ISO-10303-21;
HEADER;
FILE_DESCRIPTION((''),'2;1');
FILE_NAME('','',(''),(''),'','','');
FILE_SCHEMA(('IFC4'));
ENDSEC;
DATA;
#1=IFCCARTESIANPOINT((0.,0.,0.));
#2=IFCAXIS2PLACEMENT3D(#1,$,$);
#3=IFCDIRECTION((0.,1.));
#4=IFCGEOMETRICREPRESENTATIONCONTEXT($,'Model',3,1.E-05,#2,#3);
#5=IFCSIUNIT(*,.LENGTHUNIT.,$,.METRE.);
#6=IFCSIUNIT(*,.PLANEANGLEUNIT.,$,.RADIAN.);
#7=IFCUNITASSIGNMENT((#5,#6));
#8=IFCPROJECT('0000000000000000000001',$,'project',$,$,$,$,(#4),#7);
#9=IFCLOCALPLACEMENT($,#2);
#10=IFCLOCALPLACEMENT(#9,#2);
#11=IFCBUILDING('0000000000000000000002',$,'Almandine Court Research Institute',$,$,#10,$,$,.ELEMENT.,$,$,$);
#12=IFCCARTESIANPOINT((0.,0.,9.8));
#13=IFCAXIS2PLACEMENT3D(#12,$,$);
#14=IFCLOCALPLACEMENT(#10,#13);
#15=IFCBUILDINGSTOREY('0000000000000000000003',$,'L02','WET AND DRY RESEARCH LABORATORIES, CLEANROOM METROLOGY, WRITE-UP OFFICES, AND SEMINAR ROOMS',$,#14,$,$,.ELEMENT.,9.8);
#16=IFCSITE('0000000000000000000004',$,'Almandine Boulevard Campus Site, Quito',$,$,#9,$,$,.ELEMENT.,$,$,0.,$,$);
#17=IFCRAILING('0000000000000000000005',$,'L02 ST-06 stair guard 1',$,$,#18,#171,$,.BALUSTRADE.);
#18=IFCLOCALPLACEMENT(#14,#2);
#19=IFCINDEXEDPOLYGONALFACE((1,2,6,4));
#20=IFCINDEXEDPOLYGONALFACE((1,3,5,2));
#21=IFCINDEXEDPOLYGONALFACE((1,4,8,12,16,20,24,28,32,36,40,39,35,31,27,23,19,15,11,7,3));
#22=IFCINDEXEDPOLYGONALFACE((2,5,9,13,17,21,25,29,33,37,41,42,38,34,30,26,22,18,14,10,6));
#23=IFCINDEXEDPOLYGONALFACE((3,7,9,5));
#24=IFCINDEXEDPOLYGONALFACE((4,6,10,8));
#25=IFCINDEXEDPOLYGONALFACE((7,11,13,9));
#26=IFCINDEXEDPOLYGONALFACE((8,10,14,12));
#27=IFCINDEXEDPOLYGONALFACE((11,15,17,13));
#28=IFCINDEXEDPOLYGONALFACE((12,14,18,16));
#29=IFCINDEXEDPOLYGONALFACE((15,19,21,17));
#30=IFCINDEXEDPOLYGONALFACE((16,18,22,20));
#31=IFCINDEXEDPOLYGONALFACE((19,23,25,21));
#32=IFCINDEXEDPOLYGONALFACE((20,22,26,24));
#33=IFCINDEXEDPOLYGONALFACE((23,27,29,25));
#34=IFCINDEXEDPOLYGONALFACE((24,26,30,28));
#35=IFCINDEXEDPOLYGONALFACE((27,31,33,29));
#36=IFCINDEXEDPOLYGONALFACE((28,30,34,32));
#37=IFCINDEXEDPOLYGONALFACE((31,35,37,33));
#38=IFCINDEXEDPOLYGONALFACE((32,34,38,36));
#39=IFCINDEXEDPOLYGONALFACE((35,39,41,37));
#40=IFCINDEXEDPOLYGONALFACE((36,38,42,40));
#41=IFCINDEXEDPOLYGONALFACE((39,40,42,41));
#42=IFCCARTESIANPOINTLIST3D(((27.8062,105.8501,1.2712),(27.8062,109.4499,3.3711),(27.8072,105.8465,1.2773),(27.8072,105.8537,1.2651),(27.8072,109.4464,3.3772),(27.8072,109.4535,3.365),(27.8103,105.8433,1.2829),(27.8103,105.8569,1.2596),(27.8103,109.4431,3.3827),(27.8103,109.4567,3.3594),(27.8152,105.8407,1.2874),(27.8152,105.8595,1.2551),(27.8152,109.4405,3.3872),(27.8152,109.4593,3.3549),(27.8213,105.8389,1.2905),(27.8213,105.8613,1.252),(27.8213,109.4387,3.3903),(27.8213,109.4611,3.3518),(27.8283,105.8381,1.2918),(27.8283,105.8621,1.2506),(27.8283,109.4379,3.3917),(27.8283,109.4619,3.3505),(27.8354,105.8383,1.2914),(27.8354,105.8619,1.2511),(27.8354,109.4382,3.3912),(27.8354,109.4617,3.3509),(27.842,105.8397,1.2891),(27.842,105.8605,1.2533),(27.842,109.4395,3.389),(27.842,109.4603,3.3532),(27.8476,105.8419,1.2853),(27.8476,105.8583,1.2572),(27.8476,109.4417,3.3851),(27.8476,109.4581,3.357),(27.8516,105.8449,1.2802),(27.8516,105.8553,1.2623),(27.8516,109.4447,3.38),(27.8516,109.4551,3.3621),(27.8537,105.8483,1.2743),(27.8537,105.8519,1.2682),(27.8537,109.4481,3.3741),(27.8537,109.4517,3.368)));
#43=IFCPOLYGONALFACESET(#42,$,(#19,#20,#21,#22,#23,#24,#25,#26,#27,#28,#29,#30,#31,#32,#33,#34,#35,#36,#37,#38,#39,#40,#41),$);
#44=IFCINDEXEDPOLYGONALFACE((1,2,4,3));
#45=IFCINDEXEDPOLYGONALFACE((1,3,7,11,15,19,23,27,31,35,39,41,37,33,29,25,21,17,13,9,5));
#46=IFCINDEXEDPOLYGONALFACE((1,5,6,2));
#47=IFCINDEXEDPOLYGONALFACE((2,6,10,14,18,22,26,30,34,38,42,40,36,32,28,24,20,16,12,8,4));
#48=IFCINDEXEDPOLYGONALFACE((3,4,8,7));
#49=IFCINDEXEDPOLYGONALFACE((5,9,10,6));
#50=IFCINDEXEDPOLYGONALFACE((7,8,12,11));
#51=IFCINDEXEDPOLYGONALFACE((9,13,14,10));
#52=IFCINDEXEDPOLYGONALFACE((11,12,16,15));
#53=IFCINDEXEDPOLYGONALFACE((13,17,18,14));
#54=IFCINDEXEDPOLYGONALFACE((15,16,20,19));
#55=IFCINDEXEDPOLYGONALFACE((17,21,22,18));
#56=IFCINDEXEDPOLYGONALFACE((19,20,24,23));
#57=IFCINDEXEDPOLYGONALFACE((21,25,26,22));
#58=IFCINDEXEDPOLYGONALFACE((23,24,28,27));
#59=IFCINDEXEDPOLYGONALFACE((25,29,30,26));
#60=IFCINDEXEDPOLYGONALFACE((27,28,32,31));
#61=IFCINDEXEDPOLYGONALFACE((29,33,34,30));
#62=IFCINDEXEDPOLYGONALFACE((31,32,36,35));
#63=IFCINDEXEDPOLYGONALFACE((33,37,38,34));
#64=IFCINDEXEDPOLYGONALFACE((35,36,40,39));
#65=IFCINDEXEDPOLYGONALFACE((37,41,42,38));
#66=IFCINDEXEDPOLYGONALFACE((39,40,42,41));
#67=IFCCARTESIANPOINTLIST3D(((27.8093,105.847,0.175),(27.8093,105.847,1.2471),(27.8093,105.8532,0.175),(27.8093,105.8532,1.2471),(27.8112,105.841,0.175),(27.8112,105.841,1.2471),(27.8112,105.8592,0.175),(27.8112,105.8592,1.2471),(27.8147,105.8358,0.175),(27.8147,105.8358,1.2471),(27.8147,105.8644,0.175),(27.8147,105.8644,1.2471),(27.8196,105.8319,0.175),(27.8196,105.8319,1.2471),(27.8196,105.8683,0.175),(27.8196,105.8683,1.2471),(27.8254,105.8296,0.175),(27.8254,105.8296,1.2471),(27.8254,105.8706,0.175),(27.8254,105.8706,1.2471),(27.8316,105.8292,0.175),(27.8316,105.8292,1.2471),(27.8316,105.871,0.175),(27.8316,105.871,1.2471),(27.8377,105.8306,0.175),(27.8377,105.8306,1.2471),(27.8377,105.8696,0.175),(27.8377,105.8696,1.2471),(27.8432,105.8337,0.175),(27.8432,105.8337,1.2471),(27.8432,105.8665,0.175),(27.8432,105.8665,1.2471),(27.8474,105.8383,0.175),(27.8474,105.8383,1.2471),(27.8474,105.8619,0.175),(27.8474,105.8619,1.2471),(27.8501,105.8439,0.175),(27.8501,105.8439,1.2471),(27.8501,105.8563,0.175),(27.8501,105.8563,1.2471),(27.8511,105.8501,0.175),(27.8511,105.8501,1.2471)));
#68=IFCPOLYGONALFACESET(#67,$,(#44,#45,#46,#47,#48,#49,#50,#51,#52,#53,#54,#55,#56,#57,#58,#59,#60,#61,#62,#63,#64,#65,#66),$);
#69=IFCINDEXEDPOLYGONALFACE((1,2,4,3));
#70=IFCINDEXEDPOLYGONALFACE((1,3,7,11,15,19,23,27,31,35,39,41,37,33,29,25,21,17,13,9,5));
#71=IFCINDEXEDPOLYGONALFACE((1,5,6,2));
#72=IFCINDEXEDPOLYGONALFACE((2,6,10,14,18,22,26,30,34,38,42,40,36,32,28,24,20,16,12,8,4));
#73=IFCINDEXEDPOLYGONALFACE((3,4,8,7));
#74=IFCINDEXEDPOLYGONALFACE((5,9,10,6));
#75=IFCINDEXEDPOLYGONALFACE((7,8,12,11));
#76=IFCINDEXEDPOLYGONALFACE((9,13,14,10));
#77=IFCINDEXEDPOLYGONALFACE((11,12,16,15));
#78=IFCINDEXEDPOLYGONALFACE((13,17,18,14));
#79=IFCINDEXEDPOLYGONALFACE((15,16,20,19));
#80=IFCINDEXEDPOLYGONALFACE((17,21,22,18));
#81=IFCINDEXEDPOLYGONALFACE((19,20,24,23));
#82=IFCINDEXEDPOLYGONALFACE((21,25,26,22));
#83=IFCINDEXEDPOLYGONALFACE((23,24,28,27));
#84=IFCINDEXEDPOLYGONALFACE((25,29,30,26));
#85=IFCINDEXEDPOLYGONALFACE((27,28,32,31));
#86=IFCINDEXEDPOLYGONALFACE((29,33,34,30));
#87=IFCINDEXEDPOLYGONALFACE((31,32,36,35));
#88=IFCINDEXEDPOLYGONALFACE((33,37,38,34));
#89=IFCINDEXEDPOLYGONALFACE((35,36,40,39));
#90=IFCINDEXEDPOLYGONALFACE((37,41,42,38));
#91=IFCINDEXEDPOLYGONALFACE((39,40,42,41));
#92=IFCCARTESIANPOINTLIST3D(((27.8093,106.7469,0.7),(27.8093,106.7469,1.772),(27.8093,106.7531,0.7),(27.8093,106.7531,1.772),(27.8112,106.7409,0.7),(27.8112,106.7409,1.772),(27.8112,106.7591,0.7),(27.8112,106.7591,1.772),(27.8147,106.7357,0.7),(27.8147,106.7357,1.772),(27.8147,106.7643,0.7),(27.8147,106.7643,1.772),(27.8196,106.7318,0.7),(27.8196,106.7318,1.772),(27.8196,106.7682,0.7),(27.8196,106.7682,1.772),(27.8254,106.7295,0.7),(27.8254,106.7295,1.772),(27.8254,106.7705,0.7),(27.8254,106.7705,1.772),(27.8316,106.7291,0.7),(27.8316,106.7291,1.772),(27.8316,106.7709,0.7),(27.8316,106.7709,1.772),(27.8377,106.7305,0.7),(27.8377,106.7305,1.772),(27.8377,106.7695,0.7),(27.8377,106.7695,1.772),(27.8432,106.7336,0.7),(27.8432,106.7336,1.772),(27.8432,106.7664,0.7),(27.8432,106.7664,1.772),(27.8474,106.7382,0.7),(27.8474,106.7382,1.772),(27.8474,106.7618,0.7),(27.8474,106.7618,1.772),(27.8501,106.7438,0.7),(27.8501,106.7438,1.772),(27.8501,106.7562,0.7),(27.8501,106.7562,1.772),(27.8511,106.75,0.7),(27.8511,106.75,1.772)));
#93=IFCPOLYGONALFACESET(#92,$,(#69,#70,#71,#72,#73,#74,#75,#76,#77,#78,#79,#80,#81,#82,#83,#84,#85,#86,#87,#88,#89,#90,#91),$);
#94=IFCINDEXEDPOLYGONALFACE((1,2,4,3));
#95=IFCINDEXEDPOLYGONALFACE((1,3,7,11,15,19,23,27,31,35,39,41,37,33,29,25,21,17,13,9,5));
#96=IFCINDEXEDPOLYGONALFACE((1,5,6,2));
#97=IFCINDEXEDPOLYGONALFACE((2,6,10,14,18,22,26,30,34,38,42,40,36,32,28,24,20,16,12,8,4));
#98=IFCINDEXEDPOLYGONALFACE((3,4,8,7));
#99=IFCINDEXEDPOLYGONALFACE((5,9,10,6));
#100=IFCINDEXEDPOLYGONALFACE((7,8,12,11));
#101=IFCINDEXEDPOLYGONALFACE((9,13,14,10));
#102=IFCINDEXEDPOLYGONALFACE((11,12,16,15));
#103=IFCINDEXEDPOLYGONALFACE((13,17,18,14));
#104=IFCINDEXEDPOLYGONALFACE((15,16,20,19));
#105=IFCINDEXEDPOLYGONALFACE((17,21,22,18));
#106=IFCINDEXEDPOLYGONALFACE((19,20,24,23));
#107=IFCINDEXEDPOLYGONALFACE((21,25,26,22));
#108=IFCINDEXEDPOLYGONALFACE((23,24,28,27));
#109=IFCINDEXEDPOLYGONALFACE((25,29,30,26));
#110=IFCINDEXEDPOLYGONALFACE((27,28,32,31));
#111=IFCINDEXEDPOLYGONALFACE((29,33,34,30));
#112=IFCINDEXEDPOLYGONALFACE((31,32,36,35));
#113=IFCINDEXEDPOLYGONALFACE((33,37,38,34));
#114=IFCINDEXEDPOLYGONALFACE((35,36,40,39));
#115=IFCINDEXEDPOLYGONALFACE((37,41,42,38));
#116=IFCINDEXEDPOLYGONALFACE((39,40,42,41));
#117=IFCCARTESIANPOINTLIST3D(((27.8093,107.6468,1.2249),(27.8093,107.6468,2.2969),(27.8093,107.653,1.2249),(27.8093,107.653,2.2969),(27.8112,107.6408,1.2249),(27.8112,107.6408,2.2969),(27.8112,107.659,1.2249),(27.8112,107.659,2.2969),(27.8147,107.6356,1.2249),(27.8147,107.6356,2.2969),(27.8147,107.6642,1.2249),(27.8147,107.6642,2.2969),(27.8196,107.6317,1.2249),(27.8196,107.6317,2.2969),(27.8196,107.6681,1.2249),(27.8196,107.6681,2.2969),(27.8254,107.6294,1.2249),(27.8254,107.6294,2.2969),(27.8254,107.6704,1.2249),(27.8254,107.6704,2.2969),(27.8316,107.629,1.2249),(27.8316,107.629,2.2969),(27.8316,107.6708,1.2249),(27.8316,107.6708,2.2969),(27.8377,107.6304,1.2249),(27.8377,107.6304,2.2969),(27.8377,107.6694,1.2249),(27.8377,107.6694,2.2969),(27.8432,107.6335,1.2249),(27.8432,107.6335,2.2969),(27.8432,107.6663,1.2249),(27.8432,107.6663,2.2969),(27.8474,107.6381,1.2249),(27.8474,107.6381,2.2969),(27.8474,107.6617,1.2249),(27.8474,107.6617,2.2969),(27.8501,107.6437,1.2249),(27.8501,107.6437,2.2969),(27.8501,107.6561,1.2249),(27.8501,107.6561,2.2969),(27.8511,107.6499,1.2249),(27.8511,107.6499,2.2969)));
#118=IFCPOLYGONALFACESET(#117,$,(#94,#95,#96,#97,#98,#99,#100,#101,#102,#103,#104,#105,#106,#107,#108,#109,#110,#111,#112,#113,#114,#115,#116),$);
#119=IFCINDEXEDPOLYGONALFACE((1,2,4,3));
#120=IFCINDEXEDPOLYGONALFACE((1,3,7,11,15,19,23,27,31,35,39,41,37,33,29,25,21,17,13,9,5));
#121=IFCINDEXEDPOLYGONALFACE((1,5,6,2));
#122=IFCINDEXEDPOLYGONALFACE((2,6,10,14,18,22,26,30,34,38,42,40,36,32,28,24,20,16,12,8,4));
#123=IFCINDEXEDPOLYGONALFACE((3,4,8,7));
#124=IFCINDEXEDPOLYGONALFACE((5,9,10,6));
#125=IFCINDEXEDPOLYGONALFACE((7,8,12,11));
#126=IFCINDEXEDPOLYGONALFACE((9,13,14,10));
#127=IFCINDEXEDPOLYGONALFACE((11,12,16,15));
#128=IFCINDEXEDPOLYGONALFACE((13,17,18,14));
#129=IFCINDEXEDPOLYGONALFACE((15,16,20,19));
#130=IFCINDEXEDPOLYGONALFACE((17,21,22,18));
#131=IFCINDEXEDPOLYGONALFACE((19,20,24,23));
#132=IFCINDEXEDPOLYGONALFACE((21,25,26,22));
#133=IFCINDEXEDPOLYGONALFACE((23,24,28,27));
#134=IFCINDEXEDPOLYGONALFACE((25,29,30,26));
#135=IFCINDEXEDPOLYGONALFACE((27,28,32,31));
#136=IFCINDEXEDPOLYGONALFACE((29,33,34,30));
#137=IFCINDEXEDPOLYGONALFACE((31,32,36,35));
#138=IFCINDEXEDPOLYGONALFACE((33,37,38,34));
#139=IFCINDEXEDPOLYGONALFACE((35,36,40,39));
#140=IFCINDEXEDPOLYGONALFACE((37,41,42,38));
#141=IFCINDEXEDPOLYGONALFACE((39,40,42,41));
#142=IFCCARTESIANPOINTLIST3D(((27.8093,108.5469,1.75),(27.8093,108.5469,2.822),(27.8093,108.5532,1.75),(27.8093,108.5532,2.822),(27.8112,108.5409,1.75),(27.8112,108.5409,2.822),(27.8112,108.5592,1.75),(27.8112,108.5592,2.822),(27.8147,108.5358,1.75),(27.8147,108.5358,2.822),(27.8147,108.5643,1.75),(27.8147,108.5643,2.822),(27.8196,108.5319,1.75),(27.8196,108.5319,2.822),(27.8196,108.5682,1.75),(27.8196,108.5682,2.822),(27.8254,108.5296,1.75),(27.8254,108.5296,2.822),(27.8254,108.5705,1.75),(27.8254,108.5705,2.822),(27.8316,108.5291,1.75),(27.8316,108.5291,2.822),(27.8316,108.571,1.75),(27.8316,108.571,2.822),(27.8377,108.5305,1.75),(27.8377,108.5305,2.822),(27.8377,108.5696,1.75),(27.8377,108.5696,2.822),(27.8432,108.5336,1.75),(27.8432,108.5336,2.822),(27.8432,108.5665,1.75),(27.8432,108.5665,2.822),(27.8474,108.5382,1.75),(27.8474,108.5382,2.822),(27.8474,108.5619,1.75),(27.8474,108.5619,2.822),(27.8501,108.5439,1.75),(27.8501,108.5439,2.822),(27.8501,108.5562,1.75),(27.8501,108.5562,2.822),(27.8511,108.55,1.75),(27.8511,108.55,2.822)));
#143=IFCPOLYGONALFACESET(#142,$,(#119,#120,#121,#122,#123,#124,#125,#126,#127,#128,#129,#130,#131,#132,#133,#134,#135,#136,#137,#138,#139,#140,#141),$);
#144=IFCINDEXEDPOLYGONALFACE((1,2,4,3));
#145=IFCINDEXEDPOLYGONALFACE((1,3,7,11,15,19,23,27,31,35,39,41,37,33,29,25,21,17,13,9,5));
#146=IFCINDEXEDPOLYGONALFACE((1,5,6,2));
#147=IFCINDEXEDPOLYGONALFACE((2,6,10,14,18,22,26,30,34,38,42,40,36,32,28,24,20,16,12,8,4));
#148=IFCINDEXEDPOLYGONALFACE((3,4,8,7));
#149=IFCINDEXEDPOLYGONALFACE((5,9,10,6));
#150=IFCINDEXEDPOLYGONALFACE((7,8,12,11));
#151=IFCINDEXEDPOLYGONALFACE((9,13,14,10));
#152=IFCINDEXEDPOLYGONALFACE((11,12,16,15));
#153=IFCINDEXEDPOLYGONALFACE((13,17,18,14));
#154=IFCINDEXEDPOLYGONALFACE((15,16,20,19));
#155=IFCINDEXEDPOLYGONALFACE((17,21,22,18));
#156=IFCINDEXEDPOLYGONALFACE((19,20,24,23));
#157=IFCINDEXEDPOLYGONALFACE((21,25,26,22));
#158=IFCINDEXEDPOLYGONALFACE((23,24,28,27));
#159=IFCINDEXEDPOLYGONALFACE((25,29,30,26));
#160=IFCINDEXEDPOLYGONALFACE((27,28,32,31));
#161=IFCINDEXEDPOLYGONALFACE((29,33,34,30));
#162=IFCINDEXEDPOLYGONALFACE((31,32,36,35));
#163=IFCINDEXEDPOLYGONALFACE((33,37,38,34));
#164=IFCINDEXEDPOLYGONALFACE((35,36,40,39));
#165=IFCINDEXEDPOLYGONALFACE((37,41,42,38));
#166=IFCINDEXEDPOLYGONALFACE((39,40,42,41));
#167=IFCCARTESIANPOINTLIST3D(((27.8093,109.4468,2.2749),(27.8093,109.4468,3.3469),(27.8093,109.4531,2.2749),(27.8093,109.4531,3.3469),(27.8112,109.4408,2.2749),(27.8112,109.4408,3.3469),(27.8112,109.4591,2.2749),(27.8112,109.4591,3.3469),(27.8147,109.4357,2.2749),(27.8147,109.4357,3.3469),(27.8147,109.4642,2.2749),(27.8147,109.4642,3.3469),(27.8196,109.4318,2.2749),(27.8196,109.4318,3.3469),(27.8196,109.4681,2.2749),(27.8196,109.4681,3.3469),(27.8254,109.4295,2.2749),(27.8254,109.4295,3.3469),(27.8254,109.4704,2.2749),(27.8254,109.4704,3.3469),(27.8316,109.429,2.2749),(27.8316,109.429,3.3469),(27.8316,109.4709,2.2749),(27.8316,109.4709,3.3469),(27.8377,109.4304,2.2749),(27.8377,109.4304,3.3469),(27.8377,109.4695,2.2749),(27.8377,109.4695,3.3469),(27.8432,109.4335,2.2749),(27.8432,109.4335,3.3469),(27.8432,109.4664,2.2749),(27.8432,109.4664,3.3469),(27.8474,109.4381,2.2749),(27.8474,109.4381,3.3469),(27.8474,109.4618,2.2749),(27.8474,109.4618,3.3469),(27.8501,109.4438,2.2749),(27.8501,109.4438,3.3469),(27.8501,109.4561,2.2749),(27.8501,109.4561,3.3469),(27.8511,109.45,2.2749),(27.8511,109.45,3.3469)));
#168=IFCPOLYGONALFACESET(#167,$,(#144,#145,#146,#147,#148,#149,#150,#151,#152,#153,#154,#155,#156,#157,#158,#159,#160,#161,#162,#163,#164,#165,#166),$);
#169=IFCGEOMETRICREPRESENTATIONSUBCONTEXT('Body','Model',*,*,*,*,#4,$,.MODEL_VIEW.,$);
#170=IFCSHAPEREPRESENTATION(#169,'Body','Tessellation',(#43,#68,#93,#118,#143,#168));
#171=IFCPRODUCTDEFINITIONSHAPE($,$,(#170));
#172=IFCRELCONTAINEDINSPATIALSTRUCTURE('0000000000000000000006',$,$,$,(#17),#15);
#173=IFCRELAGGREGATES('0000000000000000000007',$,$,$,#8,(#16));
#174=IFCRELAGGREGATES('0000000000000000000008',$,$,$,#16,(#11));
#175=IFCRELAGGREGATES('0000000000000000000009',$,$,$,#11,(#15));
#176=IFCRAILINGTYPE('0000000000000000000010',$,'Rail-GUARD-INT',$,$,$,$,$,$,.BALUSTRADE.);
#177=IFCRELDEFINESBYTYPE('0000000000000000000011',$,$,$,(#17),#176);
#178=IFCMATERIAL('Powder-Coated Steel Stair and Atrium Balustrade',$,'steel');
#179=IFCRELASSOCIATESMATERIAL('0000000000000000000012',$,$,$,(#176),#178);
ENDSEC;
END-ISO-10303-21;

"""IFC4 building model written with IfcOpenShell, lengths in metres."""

from ifc_helpers import new_model, si_unit, direction, frame, origin, origin_2d, place, context, subcontext, project, spatial, circle, extrude, material, type_object, element, save


model = new_model("IFC4")

# Units and contexts
model_context = context("Model", 3, precision=1e-05, world=origin(), true_north=direction((0.0, 1.0)))
body_context = subcontext(model_context, "Body", "Model", "MODEL_VIEW")
ifc_project = project(units=[si_unit("LENGTHUNIT", "METRE"), si_unit("PLANEANGLEUNIT", "RADIAN")], contexts=[model_context])

# Site, building, storey
site_placement = place(None, origin())
site = spatial("IfcSite", under=ifc_project, at=site_placement, Name="Almandine Boulevard Campus Site, Quito", CompositionType="ELEMENT", RefElevation=0.0)
building_placement = place(site_placement, origin())
building = spatial("IfcBuilding", under=site, at=building_placement, Name="Almandine Court Research Institute", CompositionType="ELEMENT")
storey_placement = place(building_placement, frame((0.0, 0.0, 9.8)))
storey = spatial("IfcBuildingStorey", under=building, at=storey_placement, Name="L02", Description="WET AND DRY RESEARCH LABORATORIES, CLEANROOM METROLOGY, WRITE-UP OFFICES, AND SEMINAR ROOMS", CompositionType="ELEMENT", Elevation=9.8)

# Railing
ifc_material_1 = material(Name="Powder-Coated Steel Stair and Atrium Balustrade", Category="steel")
railing_type_1 = type_object("IfcRailingType", Name="Rail-GUARD-INT", PredefinedType="BALUSTRADE", material=ifc_material_1)
railing_1_placement = place(storey_placement, frame((27.8301, 105.8501, 0.175)))
element("IfcRailing", 1, at=railing_1_placement, inside=storey, type_object=railing_type_1, Name="L02 ST-06 stair guard 1", PredefinedType="BALUSTRADE", context=body_context, shape_type="SweptSolid", body=[
    extrude(circle(Radius=0.0239, at=origin_2d()), frame((0.0, 0.0, 1.0962), z_axis=(0.0, 0.863785, 0.50386), x_axis=(-1.0, 0.0, 0.0)), (0.0, 0.0, 1.0), 4.1675),
    extrude(circle(Radius=0.021, at=origin_2d()), origin(), (0.0, 0.0, 1.0), 1.072),
    extrude(circle(Radius=0.021, at=origin_2d()), frame((0.0, 0.8999, 0.5249)), (0.0, 0.0, 1.0), 1.072),
    extrude(circle(Radius=0.021, at=origin_2d()), frame((0.0, 1.7998, 1.0498)), (0.0, 0.0, 1.0), 1.072),
    extrude(circle(Radius=0.021, at=origin_2d()), frame((0.0, 2.7, 1.575)), (0.0, 0.0, 1.0), 1.072),
    extrude(circle(Radius=0.021, at=origin_2d()), frame((0.0, 3.5999, 2.0999)), (0.0, 0.0, 1.0), 1.072),
])

save(model, "model.ifc")
